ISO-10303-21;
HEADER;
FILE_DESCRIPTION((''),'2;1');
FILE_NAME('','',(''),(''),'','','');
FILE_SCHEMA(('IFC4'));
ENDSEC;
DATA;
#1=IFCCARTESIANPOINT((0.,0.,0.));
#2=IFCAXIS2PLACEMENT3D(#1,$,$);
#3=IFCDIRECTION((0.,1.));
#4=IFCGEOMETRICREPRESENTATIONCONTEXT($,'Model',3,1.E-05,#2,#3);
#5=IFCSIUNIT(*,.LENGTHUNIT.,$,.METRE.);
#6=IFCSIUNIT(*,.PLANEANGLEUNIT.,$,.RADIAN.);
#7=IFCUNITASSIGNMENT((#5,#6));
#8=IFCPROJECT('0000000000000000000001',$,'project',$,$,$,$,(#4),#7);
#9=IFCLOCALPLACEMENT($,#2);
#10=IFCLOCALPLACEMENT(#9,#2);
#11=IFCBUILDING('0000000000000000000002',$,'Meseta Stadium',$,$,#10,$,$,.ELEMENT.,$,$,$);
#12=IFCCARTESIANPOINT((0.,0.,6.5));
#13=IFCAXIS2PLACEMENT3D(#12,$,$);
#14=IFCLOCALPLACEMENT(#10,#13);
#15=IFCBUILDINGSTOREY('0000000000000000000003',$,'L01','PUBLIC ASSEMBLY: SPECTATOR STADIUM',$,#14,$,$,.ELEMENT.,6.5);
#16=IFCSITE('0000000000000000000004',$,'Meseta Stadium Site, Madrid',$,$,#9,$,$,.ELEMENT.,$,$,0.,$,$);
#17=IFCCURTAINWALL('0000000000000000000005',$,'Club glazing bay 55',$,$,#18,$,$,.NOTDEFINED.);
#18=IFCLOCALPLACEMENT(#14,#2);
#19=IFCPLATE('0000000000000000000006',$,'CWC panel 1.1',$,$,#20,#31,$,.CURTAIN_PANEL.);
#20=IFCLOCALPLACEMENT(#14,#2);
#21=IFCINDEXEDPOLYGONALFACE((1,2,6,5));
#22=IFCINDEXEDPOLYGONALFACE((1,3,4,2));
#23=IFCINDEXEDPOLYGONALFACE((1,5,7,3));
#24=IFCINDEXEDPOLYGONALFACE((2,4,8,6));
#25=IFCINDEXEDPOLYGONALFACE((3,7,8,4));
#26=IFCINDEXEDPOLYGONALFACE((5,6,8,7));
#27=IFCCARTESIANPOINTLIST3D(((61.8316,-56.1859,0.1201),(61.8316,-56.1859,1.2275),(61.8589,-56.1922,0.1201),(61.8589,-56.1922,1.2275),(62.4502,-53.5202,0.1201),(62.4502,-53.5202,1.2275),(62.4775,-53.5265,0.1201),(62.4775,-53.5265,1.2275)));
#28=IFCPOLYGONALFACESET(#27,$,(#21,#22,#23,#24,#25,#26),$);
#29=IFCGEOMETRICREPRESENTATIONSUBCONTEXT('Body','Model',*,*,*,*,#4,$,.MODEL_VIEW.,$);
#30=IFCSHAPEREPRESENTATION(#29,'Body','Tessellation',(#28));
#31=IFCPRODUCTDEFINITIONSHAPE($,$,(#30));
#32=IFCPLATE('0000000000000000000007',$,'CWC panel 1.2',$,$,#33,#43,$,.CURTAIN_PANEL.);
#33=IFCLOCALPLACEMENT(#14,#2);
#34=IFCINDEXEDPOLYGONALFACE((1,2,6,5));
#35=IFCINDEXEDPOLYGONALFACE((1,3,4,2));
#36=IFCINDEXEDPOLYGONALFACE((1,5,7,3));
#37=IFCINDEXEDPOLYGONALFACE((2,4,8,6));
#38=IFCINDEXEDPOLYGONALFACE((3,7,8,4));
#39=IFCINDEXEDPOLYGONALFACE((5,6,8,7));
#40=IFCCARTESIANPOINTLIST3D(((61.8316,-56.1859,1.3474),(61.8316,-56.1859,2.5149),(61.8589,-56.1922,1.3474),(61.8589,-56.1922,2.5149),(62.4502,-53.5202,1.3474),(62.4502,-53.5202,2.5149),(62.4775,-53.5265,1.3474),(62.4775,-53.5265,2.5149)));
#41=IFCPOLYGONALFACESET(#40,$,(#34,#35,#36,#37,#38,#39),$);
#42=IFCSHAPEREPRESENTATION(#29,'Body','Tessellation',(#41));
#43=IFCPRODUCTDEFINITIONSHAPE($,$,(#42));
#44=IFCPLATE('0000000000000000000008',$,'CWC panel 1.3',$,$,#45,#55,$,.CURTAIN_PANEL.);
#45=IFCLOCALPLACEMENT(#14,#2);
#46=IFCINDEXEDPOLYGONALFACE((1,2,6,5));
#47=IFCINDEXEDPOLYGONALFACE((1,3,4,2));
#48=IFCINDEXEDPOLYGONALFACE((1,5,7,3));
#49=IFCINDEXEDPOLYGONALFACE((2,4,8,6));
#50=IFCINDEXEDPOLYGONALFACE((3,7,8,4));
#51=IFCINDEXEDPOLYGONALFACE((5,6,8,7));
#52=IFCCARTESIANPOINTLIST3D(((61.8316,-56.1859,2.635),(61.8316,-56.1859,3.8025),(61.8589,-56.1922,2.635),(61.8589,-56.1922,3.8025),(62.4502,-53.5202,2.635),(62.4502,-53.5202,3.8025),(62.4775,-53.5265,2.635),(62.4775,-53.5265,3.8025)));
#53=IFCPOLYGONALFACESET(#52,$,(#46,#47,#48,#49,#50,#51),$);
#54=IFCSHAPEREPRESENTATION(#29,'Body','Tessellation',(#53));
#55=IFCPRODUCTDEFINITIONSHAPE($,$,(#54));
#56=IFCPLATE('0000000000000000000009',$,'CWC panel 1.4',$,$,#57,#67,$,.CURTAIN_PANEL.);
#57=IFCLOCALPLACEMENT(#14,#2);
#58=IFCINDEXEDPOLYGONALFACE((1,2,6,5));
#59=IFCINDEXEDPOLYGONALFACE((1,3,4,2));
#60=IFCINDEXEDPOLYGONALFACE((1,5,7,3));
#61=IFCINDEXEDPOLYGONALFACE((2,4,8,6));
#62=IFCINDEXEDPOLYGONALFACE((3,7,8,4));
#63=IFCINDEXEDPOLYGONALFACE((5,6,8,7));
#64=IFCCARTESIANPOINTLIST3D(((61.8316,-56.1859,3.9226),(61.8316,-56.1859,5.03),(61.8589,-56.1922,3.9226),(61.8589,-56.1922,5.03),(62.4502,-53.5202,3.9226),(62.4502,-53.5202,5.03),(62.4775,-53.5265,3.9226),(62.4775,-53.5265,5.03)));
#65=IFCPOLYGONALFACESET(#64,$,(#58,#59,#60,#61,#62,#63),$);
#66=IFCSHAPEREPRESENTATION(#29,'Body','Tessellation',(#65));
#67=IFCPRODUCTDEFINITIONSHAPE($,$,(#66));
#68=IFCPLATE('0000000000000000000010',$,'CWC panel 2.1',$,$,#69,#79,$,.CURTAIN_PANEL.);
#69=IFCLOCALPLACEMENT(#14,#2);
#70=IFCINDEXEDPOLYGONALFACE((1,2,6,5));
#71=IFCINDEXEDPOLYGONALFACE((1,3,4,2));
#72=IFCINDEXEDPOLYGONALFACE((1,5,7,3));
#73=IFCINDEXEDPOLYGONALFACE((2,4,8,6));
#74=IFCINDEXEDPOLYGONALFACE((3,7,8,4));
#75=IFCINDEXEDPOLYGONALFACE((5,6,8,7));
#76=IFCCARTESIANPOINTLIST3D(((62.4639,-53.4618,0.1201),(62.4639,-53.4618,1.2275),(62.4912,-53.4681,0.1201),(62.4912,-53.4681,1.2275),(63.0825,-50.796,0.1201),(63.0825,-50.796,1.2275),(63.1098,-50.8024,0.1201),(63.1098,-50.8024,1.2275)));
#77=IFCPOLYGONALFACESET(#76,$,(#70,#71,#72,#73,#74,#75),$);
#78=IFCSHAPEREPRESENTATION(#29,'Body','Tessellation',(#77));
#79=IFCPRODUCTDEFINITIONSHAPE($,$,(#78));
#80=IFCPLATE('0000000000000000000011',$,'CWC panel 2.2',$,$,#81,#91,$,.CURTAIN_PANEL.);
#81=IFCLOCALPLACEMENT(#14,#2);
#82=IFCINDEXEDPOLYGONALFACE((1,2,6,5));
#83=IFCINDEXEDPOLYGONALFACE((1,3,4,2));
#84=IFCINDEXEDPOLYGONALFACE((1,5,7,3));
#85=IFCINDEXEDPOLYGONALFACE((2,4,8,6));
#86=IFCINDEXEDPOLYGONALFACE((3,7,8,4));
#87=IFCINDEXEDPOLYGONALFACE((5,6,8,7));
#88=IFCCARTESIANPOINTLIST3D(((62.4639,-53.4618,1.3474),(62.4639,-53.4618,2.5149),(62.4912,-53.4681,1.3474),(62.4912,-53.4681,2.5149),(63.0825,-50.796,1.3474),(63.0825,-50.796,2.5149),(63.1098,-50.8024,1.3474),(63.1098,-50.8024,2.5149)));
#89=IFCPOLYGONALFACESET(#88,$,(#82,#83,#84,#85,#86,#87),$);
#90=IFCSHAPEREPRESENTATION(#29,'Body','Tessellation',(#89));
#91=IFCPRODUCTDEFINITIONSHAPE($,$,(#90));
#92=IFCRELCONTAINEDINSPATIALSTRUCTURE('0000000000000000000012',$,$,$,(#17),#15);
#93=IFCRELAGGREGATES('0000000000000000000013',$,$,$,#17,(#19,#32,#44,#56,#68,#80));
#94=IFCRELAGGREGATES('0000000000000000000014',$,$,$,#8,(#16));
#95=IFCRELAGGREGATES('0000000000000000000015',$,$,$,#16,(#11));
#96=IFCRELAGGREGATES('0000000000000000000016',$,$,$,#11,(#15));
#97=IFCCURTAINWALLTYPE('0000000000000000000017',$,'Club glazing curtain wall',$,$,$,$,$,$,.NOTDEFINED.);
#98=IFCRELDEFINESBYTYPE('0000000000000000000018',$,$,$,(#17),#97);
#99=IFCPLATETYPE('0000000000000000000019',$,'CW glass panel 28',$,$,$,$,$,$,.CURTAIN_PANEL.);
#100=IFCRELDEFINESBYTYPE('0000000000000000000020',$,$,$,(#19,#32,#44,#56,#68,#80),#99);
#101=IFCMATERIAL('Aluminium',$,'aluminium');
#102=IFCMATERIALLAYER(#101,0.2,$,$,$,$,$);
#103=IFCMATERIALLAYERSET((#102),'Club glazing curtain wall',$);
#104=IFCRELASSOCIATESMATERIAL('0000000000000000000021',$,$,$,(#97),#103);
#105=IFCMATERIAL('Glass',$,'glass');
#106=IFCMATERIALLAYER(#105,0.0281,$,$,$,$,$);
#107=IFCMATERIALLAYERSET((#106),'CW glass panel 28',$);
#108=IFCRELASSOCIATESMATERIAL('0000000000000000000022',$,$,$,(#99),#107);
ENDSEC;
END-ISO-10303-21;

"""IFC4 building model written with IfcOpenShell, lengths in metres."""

from ifc_helpers import new_model, si_unit, direction, frame, origin, origin_2d, place, context, subcontext, project, spatial, rectangle, extrude, material, layer, layer_set, type_object, element, aggregate, save


model = new_model("IFC4")

# Units and contexts
model_context = context("Model", 3, precision=1e-05, world=origin(), true_north=direction((0.0, 1.0)))
body_context = subcontext(model_context, "Body", "Model", "MODEL_VIEW")
ifc_project = project(units=[si_unit("LENGTHUNIT", "METRE"), si_unit("PLANEANGLEUNIT", "RADIAN")], contexts=[model_context])

# Site, building, storey
site_placement = place(None, origin())
site = spatial("IfcSite", under=ifc_project, at=site_placement, Name="Meseta Stadium Site, Madrid", CompositionType="ELEMENT", RefElevation=0.0)
building_placement = place(site_placement, origin())
building = spatial("IfcBuilding", under=site, at=building_placement, Name="Meseta Stadium", CompositionType="ELEMENT")
storey_placement = place(building_placement, frame((0.0, 0.0, 6.5)))
storey = spatial("IfcBuildingStorey", under=building, at=storey_placement, Name="L01", Description="PUBLIC ASSEMBLY: SPECTATOR STADIUM", CompositionType="ELEMENT", Elevation=6.5)

# Curtain wall
ifc_material_1 = material(Name="Aluminium", Category="aluminium")
ifc_layer_1 = layer(ifc_material_1, 0.2)
ifc_layer_set_1 = layer_set([ifc_layer_1], Name="Club glazing curtain wall")
curtain_wall_type = type_object("IfcCurtainWallType", Name="Club glazing curtain wall", PredefinedType="NOTDEFINED", material=ifc_layer_set_1)
curtain_wall_1_placement = place(storey_placement, origin())
curtain_wall_1 = element("IfcCurtainWall", 1, at=curtain_wall_1_placement, inside=storey, type_object=curtain_wall_type, Name="Club glazing bay 55", PredefinedType="NOTDEFINED")

# Plates
ifc_material_2 = material(Name="Glass", Category="glass")
ifc_layer_2 = layer(ifc_material_2, 0.0281)
ifc_layer_set_2 = layer_set([ifc_layer_2], Name="CW glass panel 28")
plate_type = type_object("IfcPlateType", Name="CW glass panel 28", PredefinedType="CURTAIN_PANEL", material=ifc_layer_set_2)
plate_1_placement = place(storey_placement, frame((62.1545, -54.8562, 0.1201), z_axis=(0.0, 0.0, 1.0), x_axis=(0.226048, 0.974116, 0.0)))
plate_1 = element("IfcPlate", 2, at=plate_1_placement, type_object=plate_type, Name="CWC panel 1.1", PredefinedType="CURTAIN_PANEL", context=body_context, shape_type="SweptSolid", body=[
    extrude(rectangle(XDim=2.7366, YDim=0.0281, at=origin_2d()), origin(), (0.0, 0.0, 1.0), 1.1074),
])
plate_2_placement = place(storey_placement, frame((62.1545, -54.8562, 1.3474), z_axis=(0.0, 0.0, 1.0), x_axis=(0.226048, 0.974116, 0.0)))
plate_2 = element("IfcPlate", 3, at=plate_2_placement, type_object=plate_type, Name="CWC panel 1.2", PredefinedType="CURTAIN_PANEL", context=body_context, shape_type="SweptSolid", body=[
    extrude(rectangle(XDim=2.7366, YDim=0.0281, at=origin_2d()), origin(), (0.0, 0.0, 1.0), 1.1675),
])
plate_3_placement = place(storey_placement, frame((62.1545, -54.8562, 2.635), z_axis=(0.0, 0.0, 1.0), x_axis=(0.226048, 0.974116, 0.0)))
plate_3 = element("IfcPlate", 4, at=plate_3_placement, type_object=plate_type, Name="CWC panel 1.3", PredefinedType="CURTAIN_PANEL", context=body_context, shape_type="SweptSolid", body=[
    extrude(rectangle(XDim=2.7366, YDim=0.0281, at=origin_2d()), origin(), (0.0, 0.0, 1.0), 1.1675),
])
plate_4_placement = place(storey_placement, frame((62.1545, -54.8562, 3.9226), z_axis=(0.0, 0.0, 1.0), x_axis=(0.226048, 0.974116, 0.0)))
plate_4 = element("IfcPlate", 5, at=plate_4_placement, type_object=plate_type, Name="CWC panel 1.4", PredefinedType="CURTAIN_PANEL", context=body_context, shape_type="SweptSolid", body=[
    extrude(rectangle(XDim=2.7366, YDim=0.0281, at=origin_2d()), origin(), (0.0, 0.0, 1.0), 1.1074),
])
plate_5_placement = place(storey_placement, frame((62.7869, -52.1321, 0.1201), z_axis=(0.0, 0.0, 1.0), x_axis=(0.226048, 0.974116, 0.0)))
plate_5 = element("IfcPlate", 6, at=plate_5_placement, type_object=plate_type, Name="CWC panel 2.1", PredefinedType="CURTAIN_PANEL", context=body_context, shape_type="SweptSolid", body=[
    extrude(rectangle(XDim=2.7366, YDim=0.0281, at=origin_2d()), origin(), (0.0, 0.0, 1.0), 1.1074),
])
plate_6_placement = place(storey_placement, frame((62.7869, -52.1321, 1.3474), z_axis=(0.0, 0.0, 1.0), x_axis=(0.226048, 0.974116, 0.0)))
plate_6 = element("IfcPlate", 7, at=plate_6_placement, type_object=plate_type, Name="CWC panel 2.2", PredefinedType="CURTAIN_PANEL", context=body_context, shape_type="SweptSolid", body=[
    extrude(rectangle(XDim=2.7366, YDim=0.0281, at=origin_2d()), origin(), (0.0, 0.0, 1.0), 1.1675),
])
aggregate(curtain_wall_1, [plate_1, plate_2, plate_3, plate_4, plate_5, plate_6])

save(model, "model.ifc")
